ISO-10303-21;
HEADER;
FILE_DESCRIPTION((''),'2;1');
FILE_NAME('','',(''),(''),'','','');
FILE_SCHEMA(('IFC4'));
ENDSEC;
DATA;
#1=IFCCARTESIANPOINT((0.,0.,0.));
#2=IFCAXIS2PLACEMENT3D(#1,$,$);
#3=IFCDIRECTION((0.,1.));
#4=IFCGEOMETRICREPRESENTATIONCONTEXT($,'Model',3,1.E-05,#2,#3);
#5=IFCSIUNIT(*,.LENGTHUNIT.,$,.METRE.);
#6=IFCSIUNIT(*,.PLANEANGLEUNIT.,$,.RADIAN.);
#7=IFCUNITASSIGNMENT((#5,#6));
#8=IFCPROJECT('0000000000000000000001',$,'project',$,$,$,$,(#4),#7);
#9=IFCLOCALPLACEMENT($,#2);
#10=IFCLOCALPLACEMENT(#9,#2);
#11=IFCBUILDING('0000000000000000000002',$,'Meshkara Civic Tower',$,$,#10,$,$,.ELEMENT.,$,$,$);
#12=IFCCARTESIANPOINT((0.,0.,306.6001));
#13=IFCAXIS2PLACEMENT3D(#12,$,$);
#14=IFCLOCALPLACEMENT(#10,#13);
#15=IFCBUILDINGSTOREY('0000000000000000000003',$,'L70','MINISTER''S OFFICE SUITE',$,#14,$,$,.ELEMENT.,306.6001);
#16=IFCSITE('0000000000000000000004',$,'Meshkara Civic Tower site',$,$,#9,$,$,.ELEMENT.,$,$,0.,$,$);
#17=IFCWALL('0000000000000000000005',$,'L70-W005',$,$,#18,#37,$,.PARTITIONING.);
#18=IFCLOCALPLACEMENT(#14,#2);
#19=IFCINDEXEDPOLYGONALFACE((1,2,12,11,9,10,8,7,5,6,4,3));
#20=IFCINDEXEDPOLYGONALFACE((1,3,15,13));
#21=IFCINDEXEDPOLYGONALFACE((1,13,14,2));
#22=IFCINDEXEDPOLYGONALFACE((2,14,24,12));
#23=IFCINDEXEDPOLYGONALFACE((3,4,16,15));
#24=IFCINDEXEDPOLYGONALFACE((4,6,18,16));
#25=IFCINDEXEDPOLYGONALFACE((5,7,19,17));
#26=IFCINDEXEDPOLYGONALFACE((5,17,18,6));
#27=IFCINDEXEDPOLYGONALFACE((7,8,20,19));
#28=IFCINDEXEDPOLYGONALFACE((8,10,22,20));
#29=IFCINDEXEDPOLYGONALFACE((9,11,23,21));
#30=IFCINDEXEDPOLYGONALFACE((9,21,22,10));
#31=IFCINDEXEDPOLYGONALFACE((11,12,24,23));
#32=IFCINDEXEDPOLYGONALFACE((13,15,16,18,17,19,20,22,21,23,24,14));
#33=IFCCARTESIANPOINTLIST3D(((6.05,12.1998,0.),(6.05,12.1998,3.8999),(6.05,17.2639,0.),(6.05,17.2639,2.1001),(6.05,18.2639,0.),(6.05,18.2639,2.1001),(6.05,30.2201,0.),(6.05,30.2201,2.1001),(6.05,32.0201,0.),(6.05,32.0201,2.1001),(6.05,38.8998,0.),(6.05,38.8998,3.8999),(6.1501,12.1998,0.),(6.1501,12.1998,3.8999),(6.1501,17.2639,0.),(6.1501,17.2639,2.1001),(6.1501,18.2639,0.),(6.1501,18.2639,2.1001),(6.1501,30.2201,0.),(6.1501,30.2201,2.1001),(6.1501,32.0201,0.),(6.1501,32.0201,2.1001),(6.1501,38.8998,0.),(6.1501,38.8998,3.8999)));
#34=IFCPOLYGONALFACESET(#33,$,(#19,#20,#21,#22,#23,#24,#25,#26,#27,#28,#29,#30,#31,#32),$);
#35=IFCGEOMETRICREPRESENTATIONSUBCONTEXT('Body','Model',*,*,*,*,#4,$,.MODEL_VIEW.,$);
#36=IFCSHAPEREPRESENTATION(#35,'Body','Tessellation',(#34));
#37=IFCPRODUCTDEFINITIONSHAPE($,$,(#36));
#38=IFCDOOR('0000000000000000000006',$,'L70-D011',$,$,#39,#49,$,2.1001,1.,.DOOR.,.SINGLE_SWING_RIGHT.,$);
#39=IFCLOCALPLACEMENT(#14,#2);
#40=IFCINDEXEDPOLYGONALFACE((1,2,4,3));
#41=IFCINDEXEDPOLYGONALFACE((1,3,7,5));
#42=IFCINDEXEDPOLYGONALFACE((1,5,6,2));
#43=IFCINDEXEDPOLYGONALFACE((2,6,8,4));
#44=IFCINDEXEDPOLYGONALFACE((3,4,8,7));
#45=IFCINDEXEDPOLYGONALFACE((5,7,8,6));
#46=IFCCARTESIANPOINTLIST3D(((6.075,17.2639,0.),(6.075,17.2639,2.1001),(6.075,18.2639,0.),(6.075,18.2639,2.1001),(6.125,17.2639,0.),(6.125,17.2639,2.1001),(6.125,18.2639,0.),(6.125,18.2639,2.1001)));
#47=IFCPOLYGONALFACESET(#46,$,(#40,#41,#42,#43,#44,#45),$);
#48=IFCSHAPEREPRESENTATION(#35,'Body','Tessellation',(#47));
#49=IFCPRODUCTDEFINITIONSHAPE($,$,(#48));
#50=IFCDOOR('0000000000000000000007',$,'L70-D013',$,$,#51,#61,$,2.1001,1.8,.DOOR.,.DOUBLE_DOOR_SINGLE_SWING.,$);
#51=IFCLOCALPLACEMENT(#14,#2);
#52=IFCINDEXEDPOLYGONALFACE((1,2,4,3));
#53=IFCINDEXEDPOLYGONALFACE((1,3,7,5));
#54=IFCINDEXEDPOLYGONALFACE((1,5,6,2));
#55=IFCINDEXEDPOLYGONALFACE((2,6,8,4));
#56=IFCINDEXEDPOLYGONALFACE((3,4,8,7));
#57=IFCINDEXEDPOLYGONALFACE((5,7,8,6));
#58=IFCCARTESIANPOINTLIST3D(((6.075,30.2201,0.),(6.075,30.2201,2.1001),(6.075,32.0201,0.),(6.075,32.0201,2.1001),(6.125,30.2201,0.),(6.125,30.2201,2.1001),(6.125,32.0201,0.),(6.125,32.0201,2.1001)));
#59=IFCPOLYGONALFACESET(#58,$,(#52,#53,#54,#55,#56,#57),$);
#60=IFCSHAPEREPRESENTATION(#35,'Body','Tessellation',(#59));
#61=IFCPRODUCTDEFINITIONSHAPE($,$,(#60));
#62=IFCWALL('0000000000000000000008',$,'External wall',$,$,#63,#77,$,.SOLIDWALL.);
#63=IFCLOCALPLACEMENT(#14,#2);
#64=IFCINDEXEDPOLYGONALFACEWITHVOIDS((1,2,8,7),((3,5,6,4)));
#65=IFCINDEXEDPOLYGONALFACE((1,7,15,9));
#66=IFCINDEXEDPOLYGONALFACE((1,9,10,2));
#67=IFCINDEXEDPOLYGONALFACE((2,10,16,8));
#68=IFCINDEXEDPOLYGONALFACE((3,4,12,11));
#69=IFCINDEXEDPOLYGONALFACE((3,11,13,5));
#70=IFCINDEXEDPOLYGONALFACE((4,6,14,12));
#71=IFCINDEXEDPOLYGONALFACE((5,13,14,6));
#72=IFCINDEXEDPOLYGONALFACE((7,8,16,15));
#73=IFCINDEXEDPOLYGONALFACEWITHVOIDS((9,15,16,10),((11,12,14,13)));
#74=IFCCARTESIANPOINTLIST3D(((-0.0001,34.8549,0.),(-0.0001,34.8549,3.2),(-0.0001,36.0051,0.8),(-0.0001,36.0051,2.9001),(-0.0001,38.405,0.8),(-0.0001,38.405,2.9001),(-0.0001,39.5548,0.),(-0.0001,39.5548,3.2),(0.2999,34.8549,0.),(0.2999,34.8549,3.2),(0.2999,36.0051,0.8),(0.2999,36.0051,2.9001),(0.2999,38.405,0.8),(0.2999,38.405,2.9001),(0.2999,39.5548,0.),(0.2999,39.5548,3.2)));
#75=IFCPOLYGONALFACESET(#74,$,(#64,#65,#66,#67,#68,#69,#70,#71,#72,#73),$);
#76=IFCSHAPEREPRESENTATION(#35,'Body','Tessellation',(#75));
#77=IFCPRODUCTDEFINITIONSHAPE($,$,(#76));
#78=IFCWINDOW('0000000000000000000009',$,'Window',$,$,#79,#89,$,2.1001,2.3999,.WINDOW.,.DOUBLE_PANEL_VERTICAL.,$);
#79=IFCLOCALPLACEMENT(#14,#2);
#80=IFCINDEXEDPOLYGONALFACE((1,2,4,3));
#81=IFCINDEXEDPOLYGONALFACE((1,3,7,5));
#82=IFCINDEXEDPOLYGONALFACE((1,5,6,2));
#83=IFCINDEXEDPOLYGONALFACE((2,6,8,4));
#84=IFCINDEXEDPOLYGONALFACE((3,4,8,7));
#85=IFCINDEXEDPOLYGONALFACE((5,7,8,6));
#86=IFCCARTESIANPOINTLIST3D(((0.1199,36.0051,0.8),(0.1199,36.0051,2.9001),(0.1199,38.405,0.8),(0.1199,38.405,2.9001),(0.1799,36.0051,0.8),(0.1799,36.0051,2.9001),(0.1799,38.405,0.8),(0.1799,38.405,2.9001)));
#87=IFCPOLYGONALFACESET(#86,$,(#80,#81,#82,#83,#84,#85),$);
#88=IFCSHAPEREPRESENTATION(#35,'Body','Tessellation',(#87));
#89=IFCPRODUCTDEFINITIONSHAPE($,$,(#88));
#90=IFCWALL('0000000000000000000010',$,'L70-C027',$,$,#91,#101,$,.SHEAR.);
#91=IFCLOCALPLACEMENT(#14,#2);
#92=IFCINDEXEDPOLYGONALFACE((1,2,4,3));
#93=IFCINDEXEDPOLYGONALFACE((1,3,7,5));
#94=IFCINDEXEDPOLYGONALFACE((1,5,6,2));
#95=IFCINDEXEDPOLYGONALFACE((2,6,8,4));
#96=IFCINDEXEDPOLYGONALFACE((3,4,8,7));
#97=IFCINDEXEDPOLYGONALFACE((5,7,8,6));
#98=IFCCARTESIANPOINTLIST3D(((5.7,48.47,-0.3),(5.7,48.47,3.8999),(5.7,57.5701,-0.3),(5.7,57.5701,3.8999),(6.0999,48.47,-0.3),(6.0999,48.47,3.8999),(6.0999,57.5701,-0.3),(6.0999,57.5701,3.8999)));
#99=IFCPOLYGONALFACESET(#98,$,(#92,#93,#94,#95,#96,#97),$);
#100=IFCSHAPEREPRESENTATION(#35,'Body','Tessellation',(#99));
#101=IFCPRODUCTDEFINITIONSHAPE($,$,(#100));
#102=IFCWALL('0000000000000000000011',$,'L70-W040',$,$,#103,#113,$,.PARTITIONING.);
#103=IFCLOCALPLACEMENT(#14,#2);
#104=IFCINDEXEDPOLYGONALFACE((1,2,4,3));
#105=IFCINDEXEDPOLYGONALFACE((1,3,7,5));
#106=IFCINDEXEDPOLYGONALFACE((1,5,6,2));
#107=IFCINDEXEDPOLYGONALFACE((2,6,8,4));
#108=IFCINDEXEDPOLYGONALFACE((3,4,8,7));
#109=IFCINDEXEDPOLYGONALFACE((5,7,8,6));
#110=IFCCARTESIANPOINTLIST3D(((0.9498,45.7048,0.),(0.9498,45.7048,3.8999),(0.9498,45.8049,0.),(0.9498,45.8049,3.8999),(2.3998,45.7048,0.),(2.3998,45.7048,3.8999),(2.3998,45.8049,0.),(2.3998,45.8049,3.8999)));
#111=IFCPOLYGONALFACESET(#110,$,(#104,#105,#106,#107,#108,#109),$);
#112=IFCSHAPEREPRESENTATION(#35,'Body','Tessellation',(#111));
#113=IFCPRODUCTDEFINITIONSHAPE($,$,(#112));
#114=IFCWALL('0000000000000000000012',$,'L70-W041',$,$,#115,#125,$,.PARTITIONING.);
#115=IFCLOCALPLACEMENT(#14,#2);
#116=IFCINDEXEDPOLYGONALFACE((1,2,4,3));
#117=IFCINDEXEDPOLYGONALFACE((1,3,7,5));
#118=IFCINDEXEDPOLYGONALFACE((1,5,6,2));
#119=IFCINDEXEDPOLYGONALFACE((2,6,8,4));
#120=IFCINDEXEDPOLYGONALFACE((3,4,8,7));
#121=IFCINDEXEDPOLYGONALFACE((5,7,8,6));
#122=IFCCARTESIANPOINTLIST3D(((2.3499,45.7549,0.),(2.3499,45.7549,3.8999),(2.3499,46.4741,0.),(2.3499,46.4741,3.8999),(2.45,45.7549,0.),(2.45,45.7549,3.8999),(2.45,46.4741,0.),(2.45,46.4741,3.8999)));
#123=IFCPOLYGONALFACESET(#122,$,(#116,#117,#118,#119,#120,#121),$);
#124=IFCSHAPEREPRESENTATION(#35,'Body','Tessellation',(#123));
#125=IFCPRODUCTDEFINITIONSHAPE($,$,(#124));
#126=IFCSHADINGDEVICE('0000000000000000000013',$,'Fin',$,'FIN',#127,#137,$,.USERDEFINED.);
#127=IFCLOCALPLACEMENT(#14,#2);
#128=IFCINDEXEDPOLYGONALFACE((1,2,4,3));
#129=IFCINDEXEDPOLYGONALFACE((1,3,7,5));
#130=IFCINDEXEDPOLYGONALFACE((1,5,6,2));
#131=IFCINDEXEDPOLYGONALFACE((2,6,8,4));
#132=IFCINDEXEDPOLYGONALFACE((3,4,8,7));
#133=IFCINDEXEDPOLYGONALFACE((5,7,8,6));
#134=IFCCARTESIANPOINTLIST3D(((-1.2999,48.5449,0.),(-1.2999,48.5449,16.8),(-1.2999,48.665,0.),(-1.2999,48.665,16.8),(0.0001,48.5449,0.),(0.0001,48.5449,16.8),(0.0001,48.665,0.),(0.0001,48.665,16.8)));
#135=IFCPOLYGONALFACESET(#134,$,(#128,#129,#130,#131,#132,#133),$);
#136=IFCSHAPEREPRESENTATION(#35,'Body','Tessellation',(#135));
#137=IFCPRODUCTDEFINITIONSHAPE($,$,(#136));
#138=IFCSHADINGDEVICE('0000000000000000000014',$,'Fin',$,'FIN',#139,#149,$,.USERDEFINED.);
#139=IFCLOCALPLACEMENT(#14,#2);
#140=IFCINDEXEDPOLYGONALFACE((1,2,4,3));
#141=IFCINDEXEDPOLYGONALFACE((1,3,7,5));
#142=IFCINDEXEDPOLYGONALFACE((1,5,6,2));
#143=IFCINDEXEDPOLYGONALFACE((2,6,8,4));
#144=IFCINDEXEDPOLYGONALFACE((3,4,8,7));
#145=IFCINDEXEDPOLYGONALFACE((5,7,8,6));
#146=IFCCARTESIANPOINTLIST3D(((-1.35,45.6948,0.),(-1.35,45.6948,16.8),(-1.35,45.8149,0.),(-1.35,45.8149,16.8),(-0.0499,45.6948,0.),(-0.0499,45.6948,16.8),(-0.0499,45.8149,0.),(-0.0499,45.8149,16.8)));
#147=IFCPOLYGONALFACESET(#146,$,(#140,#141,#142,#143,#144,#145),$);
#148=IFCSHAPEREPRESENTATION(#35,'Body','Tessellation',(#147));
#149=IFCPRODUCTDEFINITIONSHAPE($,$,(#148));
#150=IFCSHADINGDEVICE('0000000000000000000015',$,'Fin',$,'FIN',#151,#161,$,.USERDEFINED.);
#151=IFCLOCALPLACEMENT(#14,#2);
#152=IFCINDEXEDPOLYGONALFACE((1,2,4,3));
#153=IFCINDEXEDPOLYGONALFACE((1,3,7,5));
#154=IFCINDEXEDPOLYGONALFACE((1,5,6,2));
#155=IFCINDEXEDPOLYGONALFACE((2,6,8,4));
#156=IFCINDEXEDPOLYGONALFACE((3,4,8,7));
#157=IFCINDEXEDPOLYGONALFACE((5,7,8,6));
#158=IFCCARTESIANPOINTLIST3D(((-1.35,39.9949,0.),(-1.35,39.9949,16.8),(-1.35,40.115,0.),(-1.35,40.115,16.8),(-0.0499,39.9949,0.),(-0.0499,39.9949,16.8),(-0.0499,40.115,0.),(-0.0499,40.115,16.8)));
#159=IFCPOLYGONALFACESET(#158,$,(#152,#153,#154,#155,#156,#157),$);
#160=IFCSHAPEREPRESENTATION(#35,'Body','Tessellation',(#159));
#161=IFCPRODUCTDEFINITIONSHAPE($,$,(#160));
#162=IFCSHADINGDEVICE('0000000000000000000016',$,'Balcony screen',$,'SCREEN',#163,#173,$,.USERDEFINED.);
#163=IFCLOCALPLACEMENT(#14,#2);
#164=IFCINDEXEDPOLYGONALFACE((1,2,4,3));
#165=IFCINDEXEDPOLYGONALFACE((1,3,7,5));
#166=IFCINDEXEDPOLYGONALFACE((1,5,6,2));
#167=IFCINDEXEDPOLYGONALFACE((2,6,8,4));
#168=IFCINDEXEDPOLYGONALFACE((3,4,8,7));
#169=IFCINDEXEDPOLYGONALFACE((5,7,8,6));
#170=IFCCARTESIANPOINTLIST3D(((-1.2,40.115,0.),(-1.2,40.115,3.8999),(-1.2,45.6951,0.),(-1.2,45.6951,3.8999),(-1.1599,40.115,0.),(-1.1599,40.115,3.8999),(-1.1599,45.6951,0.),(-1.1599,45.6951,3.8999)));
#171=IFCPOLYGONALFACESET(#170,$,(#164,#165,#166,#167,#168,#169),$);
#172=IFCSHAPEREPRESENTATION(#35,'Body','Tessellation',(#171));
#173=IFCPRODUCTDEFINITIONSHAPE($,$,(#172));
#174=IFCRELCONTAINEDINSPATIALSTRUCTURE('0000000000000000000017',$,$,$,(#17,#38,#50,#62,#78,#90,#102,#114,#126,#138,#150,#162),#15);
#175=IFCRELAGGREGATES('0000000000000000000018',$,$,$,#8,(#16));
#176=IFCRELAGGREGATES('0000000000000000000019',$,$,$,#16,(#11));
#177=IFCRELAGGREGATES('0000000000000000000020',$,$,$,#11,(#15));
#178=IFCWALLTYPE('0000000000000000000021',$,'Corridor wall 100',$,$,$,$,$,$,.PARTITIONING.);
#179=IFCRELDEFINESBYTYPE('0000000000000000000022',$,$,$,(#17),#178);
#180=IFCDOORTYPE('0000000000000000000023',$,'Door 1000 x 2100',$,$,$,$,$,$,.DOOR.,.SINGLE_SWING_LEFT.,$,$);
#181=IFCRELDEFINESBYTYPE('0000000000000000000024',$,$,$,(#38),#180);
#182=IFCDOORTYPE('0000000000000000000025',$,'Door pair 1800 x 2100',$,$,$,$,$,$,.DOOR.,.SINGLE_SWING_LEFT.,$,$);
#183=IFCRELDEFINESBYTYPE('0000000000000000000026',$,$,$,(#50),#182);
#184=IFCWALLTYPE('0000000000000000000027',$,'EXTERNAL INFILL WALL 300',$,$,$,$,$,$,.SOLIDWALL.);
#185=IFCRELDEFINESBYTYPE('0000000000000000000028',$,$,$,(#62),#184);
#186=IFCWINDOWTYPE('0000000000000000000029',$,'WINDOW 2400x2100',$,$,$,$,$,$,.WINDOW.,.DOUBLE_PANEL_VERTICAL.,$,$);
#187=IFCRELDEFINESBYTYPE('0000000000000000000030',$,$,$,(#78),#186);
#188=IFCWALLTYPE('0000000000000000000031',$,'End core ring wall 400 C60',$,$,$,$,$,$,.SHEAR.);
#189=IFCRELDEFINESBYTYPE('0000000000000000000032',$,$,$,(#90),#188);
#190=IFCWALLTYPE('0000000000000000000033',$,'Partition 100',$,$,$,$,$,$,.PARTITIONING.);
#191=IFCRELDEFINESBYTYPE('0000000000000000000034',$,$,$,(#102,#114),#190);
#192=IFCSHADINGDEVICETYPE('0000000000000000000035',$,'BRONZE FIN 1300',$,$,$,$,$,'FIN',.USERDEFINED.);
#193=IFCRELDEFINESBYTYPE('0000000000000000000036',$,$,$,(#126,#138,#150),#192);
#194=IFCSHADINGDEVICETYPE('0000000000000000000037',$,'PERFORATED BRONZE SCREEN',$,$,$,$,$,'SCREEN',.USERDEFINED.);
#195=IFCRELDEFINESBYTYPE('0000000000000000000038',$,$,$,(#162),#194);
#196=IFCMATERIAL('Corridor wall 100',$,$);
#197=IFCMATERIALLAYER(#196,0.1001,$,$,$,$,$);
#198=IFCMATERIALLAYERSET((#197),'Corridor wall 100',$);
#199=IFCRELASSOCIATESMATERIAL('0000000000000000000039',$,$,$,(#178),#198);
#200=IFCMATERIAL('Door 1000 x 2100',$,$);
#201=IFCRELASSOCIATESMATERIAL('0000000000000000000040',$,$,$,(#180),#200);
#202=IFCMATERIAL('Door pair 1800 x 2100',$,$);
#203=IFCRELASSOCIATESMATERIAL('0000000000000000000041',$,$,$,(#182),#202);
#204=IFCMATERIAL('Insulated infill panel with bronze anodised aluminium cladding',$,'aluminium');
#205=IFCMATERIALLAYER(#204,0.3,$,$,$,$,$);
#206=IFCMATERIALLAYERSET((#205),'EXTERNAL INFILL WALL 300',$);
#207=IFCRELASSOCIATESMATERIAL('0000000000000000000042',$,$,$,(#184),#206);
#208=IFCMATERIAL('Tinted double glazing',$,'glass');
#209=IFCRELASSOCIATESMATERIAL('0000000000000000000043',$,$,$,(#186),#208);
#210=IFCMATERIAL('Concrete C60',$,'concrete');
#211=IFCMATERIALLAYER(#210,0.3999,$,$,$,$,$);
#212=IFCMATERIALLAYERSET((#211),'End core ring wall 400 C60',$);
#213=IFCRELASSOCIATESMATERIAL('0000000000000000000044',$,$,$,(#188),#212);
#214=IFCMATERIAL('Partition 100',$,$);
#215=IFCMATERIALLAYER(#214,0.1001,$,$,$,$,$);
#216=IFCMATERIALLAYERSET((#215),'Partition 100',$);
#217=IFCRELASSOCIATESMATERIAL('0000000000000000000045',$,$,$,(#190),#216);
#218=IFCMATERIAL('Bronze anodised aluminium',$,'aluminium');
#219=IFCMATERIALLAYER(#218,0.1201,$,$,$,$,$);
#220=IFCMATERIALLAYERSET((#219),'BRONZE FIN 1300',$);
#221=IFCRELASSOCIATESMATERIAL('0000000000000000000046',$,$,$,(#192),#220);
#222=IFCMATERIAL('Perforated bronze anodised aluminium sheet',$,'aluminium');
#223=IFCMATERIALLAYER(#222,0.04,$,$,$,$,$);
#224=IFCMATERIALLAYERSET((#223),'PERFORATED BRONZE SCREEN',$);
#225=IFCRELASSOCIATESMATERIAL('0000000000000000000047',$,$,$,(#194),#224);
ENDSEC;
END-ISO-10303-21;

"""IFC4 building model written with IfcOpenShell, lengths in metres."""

from ifc_helpers import new_model, si_unit, direction, frame, frame_2d, origin, origin_2d, place, context, subcontext, project, spatial, rectangle, extrude, material, layer, layer_set, type_object, element, fill, save


model = new_model("IFC4")

# Units and contexts
model_context = context("Model", 3, precision=1e-05, world=origin(), true_north=direction((0.0, 1.0)))
body_context = subcontext(model_context, "Body", "Model", "MODEL_VIEW")
ifc_project = project(units=[si_unit("LENGTHUNIT", "METRE"), si_unit("PLANEANGLEUNIT", "RADIAN")], contexts=[model_context])

# Site, building, storey
site_placement = place(None, origin())
site = spatial("IfcSite", under=ifc_project, at=site_placement, Name="Meshkara Civic Tower site", CompositionType="ELEMENT", RefElevation=0.0)
building_placement = place(site_placement, origin())
building = spatial("IfcBuilding", under=site, at=building_placement, Name="Meshkara Civic Tower", CompositionType="ELEMENT")
storey_placement = place(building_placement, frame((0.0, 0.0, 306.6001)))
storey = spatial("IfcBuildingStorey", under=building, at=storey_placement, Name="L70", Description="MINISTER'S OFFICE SUITE", CompositionType="ELEMENT", Elevation=306.6001)

# Shared definitions
ifc_material_1 = material(Name="Corridor wall 100")
ifc_layer_1 = layer(ifc_material_1, 0.1001)
ifc_layer_set_1 = layer_set([ifc_layer_1], Name="Corridor wall 100")
wall_type_1 = type_object("IfcWallType", Name="Corridor wall 100", PredefinedType="PARTITIONING", material=ifc_layer_set_1)
ifc_material_2 = material(Name="Door 1000 x 2100")
door_type_1 = type_object("IfcDoorType", Name="Door 1000 x 2100", OperationType="SINGLE_SWING_LEFT", PredefinedType="DOOR", material=ifc_material_2)

# Shared definitions
ifc_material_3 = material(Name="Door pair 1800 x 2100")
door_type_2 = type_object("IfcDoorType", Name="Door pair 1800 x 2100", OperationType="SINGLE_SWING_LEFT", PredefinedType="DOOR", material=ifc_material_3)

# Wall, openings, doors
wall_1_placement = place(storey_placement, frame((6.1001, 38.8999, 0.0), z_axis=(0.0, 0.0, 1.0), x_axis=(0.0, -1.0, 0.0)))
wall_1 = element("IfcWall", 1, at=wall_1_placement, inside=storey, type_object=wall_type_1, Name="L70-W005", PredefinedType="PARTITIONING", context=body_context, shape_type="SweptSolid", body=[
    extrude(rectangle(XDim=26.7, YDim=0.1001, at=frame_2d((13.3501, 0.0))), origin(), (0.0, 0.0, 1.0), 3.8999),
])
opening_1_placement = place(wall_1_placement, frame((20.636, 0.0, 0.0)))
opening_1 = element("IfcOpeningElement", 2, at=opening_1_placement, cuts=wall_1, PredefinedType="OPENING", context=body_context, shape_type="SweptSolid", body=[
    extrude(rectangle(XDim=1.0, YDim=2.1001, at=frame_2d((0.5, 1.05))), frame((0.0, 0.0601, 0.0), z_axis=(0.0, -1.0, 0.0), x_axis=(1.0, 0.0, 0.0)), (0.0, 0.0, 1.0), 0.1201),
])
opening_2_placement = place(wall_1_placement, frame((6.8799, 0.0, 0.0)))
opening_2 = element("IfcOpeningElement", 3, at=opening_2_placement, cuts=wall_1, PredefinedType="OPENING", context=body_context, shape_type="SweptSolid", body=[
    extrude(rectangle(XDim=1.8, YDim=2.1001, at=frame_2d((0.8999, 1.05))), frame((0.0, 0.0601, 0.0), z_axis=(0.0, -1.0, 0.0), x_axis=(1.0, 0.0, 0.0)), (0.0, 0.0, 1.0), 0.1201),
])
door_1_placement = place(opening_1_placement, origin())
door_1 = element("IfcDoor", 4, at=door_1_placement, inside=storey, type_object=door_type_1, Name="L70-D011", OperationType="SINGLE_SWING_RIGHT", OverallHeight=2.1001, OverallWidth=1.0, PredefinedType="DOOR", context=body_context, shape_type="SweptSolid", body=[
    extrude(rectangle(XDim=1.0, YDim=2.1001, at=frame_2d((0.5, 1.05))), frame((0.0, 0.0249, 0.0), z_axis=(0.0, -1.0, 0.0), x_axis=(1.0, 0.0, 0.0)), (0.0, 0.0, 1.0), 0.05),
])
fill(opening_1, door_1)
door_2_placement = place(opening_2_placement, origin())
door_2 = element("IfcDoor", 5, at=door_2_placement, inside=storey, type_object=door_type_2, Name="L70-D013", OperationType="DOUBLE_DOOR_SINGLE_SWING", OverallHeight=2.1001, OverallWidth=1.8, PredefinedType="DOOR", context=body_context, shape_type="SweptSolid", body=[
    extrude(rectangle(XDim=1.8, YDim=2.1001, at=frame_2d((0.8999, 1.05))), frame((0.0, 0.0249, 0.0), z_axis=(0.0, -1.0, 0.0), x_axis=(1.0, 0.0, 0.0)), (0.0, 0.0, 1.0), 0.05),
])
fill(opening_2, door_2)

# Wall, opening, window
ifc_material_4 = material(Name="Insulated infill panel with bronze anodised aluminium cladding", Category="aluminium")
ifc_layer_2 = layer(ifc_material_4, 0.3)
ifc_layer_set_2 = layer_set([ifc_layer_2], Name="EXTERNAL INFILL WALL 300")
wall_type_2 = type_object("IfcWallType", Name="EXTERNAL INFILL WALL 300", PredefinedType="SOLIDWALL", material=ifc_layer_set_2)
wall_2_placement = place(storey_placement, frame((0.1499, 39.5549, 0.0), z_axis=(0.0, 0.0, 1.0), x_axis=(0.0, -1.0, 0.0)))
wall_2 = element("IfcWall", 6, at=wall_2_placement, inside=storey, type_object=wall_type_2, Name="External wall", PredefinedType="SOLIDWALL", context=body_context, shape_type="SweptSolid", body=[
    extrude(rectangle(XDim=4.7, YDim=0.3, at=frame_2d((2.3501, 0.0))), origin(), (0.0, 0.0, 1.0), 3.2),
])
opening_3_placement = place(wall_2_placement, frame((1.1499, 0.0, 0.8)))
opening_3 = element("IfcOpeningElement", 7, at=opening_3_placement, cuts=wall_2, PredefinedType="OPENING", context=body_context, shape_type="SweptSolid", body=[
    extrude(rectangle(XDim=2.3999, YDim=2.1001, at=frame_2d((1.2, 1.05))), frame((0.0, 0.1599, 0.0), z_axis=(0.0, -1.0, 0.0), x_axis=(1.0, 0.0, 0.0)), (0.0, 0.0, 1.0), 0.3201),
])
ifc_material_5 = material(Name="Tinted double glazing", Category="glass")
window_type = type_object("IfcWindowType", Name="WINDOW 2400x2100", PartitioningType="DOUBLE_PANEL_VERTICAL", PredefinedType="WINDOW", material=ifc_material_5)
window_placement = place(opening_3_placement, origin())
window = element("IfcWindow", 8, at=window_placement, inside=storey, type_object=window_type, Name="Window", OverallHeight=2.1001, OverallWidth=2.3999, PartitioningType="DOUBLE_PANEL_VERTICAL", PredefinedType="WINDOW", context=body_context, shape_type="SweptSolid", body=[
    extrude(rectangle(XDim=2.3999, YDim=2.1001, at=frame_2d((1.2, 1.05))), frame((0.0, 0.03, 0.0), z_axis=(0.0, -1.0, 0.0), x_axis=(1.0, 0.0, 0.0)), (0.0, 0.0, 1.0), 0.0601),
])
fill(opening_3, window)

# Wall
ifc_material_6 = material(Name="Concrete C60", Category="concrete")
ifc_layer_3 = layer(ifc_material_6, 0.3999)
ifc_layer_set_3 = layer_set([ifc_layer_3], Name="End core ring wall 400 C60")
wall_type_3 = type_object("IfcWallType", Name="End core ring wall 400 C60", PredefinedType="SHEAR", material=ifc_layer_set_3)
wall_3_placement = place(storey_placement, frame((5.8999, 48.47, -0.3), z_axis=(0.0, 0.0, 1.0), x_axis=(0.0, 1.0, 0.0)))
element("IfcWall", 9, at=wall_3_placement, inside=storey, type_object=wall_type_3, Name="L70-C027", PredefinedType="SHEAR", context=body_context, shape_type="SweptSolid", body=[
    extrude(rectangle(XDim=9.1001, YDim=0.3999, at=frame_2d((4.55, 0.0))), origin(), (0.0, 0.0, 1.0), 4.2),
])

# Walls
ifc_material_7 = material(Name="Partition 100")
ifc_layer_4 = layer(ifc_material_7, 0.1001)
ifc_layer_set_4 = layer_set([ifc_layer_4], Name="Partition 100")
wall_type_4 = type_object("IfcWallType", Name="Partition 100", PredefinedType="PARTITIONING", material=ifc_layer_set_4)
wall_4_placement = place(storey_placement, frame((2.3999, 45.7549, 0.0), z_axis=(0.0, 0.0, 1.0), x_axis=(-1.0, 0.0, 0.0)))
element("IfcWall", 10, at=wall_4_placement, inside=storey, type_object=wall_type_4, Name="L70-W040", PredefinedType="PARTITIONING", context=body_context, shape_type="SweptSolid", body=[
    extrude(rectangle(XDim=1.45, YDim=0.1001, at=frame_2d((0.7251, 0.0))), origin(), (0.0, 0.0, 1.0), 3.8999),
])
wall_5_placement = place(storey_placement, frame((2.3999, 46.4741, 0.0), z_axis=(0.0, 0.0, 1.0), x_axis=(0.0, -1.0, 0.0)))
element("IfcWall", 11, at=wall_5_placement, inside=storey, type_object=wall_type_4, Name="L70-W041", PredefinedType="PARTITIONING", context=body_context, shape_type="SweptSolid", body=[
    extrude(rectangle(XDim=0.7192, YDim=0.1001, at=frame_2d((0.3596, 0.0))), origin(), (0.0, 0.0, 1.0), 3.8999),
])

# Shading devices
ifc_material_8 = material(Name="Bronze anodised aluminium", Category="aluminium")
ifc_layer_5 = layer(ifc_material_8, 0.1201)
ifc_layer_set_5 = layer_set([ifc_layer_5], Name="BRONZE FIN 1300")
shading_device_type_1 = type_object("IfcShadingDeviceType", Name="BRONZE FIN 1300", ElementType="FIN", PredefinedType="USERDEFINED", material=ifc_layer_set_5)
for number, where, z_axis, x_axis, name in (
    (12, (-0.6499, 48.605, 0.0), (0.0, 0.0, 1.0), (0.0, -1.0, 0.0), "Fin"),
    (13, (-0.7, 45.7549, 0.0), (0.0, 0.0, 1.0), (0.0, -1.0, 0.0), "Fin"),
    (14, (-0.7, 40.0549, 0.0), (0.0, 0.0, 1.0), (0.0, -1.0, 0.0), "Fin"),
):
    element("IfcShadingDevice", number, at=place(storey_placement, frame(where, z_axis=z_axis, x_axis=x_axis)), inside=storey, type_object=shading_device_type_1, Name=name, ObjectType="FIN", PredefinedType="USERDEFINED", context=body_context, shape_type="SweptSolid", body=[
        extrude(rectangle(XDim=0.1201, YDim=1.3, at=origin_2d()), origin(), (0.0, 0.0, 1.0), 16.8),
    ])
ifc_material_9 = material(Name="Perforated bronze anodised aluminium sheet", Category="aluminium")
ifc_layer_6 = layer(ifc_material_9, 0.04)
ifc_layer_set_6 = layer_set([ifc_layer_6], Name="PERFORATED BRONZE SCREEN")
shading_device_type_2 = type_object("IfcShadingDeviceType", Name="PERFORATED BRONZE SCREEN", ElementType="SCREEN", PredefinedType="USERDEFINED", material=ifc_layer_set_6)
shading_device_placement = place(storey_placement, frame((-1.1799, 42.905, 0.0), z_axis=(0.0, 0.0, 1.0), x_axis=(0.0, -1.0, 0.0)))
element("IfcShadingDevice", 15, at=shading_device_placement, inside=storey, type_object=shading_device_type_2, Name="Balcony screen", ObjectType="SCREEN", PredefinedType="USERDEFINED", context=body_context, shape_type="SweptSolid", body=[
    extrude(rectangle(XDim=5.5801, YDim=0.04, at=origin_2d()), origin(), (0.0, 0.0, 1.0), 3.8999),
])

save(model, "model.ifc")
